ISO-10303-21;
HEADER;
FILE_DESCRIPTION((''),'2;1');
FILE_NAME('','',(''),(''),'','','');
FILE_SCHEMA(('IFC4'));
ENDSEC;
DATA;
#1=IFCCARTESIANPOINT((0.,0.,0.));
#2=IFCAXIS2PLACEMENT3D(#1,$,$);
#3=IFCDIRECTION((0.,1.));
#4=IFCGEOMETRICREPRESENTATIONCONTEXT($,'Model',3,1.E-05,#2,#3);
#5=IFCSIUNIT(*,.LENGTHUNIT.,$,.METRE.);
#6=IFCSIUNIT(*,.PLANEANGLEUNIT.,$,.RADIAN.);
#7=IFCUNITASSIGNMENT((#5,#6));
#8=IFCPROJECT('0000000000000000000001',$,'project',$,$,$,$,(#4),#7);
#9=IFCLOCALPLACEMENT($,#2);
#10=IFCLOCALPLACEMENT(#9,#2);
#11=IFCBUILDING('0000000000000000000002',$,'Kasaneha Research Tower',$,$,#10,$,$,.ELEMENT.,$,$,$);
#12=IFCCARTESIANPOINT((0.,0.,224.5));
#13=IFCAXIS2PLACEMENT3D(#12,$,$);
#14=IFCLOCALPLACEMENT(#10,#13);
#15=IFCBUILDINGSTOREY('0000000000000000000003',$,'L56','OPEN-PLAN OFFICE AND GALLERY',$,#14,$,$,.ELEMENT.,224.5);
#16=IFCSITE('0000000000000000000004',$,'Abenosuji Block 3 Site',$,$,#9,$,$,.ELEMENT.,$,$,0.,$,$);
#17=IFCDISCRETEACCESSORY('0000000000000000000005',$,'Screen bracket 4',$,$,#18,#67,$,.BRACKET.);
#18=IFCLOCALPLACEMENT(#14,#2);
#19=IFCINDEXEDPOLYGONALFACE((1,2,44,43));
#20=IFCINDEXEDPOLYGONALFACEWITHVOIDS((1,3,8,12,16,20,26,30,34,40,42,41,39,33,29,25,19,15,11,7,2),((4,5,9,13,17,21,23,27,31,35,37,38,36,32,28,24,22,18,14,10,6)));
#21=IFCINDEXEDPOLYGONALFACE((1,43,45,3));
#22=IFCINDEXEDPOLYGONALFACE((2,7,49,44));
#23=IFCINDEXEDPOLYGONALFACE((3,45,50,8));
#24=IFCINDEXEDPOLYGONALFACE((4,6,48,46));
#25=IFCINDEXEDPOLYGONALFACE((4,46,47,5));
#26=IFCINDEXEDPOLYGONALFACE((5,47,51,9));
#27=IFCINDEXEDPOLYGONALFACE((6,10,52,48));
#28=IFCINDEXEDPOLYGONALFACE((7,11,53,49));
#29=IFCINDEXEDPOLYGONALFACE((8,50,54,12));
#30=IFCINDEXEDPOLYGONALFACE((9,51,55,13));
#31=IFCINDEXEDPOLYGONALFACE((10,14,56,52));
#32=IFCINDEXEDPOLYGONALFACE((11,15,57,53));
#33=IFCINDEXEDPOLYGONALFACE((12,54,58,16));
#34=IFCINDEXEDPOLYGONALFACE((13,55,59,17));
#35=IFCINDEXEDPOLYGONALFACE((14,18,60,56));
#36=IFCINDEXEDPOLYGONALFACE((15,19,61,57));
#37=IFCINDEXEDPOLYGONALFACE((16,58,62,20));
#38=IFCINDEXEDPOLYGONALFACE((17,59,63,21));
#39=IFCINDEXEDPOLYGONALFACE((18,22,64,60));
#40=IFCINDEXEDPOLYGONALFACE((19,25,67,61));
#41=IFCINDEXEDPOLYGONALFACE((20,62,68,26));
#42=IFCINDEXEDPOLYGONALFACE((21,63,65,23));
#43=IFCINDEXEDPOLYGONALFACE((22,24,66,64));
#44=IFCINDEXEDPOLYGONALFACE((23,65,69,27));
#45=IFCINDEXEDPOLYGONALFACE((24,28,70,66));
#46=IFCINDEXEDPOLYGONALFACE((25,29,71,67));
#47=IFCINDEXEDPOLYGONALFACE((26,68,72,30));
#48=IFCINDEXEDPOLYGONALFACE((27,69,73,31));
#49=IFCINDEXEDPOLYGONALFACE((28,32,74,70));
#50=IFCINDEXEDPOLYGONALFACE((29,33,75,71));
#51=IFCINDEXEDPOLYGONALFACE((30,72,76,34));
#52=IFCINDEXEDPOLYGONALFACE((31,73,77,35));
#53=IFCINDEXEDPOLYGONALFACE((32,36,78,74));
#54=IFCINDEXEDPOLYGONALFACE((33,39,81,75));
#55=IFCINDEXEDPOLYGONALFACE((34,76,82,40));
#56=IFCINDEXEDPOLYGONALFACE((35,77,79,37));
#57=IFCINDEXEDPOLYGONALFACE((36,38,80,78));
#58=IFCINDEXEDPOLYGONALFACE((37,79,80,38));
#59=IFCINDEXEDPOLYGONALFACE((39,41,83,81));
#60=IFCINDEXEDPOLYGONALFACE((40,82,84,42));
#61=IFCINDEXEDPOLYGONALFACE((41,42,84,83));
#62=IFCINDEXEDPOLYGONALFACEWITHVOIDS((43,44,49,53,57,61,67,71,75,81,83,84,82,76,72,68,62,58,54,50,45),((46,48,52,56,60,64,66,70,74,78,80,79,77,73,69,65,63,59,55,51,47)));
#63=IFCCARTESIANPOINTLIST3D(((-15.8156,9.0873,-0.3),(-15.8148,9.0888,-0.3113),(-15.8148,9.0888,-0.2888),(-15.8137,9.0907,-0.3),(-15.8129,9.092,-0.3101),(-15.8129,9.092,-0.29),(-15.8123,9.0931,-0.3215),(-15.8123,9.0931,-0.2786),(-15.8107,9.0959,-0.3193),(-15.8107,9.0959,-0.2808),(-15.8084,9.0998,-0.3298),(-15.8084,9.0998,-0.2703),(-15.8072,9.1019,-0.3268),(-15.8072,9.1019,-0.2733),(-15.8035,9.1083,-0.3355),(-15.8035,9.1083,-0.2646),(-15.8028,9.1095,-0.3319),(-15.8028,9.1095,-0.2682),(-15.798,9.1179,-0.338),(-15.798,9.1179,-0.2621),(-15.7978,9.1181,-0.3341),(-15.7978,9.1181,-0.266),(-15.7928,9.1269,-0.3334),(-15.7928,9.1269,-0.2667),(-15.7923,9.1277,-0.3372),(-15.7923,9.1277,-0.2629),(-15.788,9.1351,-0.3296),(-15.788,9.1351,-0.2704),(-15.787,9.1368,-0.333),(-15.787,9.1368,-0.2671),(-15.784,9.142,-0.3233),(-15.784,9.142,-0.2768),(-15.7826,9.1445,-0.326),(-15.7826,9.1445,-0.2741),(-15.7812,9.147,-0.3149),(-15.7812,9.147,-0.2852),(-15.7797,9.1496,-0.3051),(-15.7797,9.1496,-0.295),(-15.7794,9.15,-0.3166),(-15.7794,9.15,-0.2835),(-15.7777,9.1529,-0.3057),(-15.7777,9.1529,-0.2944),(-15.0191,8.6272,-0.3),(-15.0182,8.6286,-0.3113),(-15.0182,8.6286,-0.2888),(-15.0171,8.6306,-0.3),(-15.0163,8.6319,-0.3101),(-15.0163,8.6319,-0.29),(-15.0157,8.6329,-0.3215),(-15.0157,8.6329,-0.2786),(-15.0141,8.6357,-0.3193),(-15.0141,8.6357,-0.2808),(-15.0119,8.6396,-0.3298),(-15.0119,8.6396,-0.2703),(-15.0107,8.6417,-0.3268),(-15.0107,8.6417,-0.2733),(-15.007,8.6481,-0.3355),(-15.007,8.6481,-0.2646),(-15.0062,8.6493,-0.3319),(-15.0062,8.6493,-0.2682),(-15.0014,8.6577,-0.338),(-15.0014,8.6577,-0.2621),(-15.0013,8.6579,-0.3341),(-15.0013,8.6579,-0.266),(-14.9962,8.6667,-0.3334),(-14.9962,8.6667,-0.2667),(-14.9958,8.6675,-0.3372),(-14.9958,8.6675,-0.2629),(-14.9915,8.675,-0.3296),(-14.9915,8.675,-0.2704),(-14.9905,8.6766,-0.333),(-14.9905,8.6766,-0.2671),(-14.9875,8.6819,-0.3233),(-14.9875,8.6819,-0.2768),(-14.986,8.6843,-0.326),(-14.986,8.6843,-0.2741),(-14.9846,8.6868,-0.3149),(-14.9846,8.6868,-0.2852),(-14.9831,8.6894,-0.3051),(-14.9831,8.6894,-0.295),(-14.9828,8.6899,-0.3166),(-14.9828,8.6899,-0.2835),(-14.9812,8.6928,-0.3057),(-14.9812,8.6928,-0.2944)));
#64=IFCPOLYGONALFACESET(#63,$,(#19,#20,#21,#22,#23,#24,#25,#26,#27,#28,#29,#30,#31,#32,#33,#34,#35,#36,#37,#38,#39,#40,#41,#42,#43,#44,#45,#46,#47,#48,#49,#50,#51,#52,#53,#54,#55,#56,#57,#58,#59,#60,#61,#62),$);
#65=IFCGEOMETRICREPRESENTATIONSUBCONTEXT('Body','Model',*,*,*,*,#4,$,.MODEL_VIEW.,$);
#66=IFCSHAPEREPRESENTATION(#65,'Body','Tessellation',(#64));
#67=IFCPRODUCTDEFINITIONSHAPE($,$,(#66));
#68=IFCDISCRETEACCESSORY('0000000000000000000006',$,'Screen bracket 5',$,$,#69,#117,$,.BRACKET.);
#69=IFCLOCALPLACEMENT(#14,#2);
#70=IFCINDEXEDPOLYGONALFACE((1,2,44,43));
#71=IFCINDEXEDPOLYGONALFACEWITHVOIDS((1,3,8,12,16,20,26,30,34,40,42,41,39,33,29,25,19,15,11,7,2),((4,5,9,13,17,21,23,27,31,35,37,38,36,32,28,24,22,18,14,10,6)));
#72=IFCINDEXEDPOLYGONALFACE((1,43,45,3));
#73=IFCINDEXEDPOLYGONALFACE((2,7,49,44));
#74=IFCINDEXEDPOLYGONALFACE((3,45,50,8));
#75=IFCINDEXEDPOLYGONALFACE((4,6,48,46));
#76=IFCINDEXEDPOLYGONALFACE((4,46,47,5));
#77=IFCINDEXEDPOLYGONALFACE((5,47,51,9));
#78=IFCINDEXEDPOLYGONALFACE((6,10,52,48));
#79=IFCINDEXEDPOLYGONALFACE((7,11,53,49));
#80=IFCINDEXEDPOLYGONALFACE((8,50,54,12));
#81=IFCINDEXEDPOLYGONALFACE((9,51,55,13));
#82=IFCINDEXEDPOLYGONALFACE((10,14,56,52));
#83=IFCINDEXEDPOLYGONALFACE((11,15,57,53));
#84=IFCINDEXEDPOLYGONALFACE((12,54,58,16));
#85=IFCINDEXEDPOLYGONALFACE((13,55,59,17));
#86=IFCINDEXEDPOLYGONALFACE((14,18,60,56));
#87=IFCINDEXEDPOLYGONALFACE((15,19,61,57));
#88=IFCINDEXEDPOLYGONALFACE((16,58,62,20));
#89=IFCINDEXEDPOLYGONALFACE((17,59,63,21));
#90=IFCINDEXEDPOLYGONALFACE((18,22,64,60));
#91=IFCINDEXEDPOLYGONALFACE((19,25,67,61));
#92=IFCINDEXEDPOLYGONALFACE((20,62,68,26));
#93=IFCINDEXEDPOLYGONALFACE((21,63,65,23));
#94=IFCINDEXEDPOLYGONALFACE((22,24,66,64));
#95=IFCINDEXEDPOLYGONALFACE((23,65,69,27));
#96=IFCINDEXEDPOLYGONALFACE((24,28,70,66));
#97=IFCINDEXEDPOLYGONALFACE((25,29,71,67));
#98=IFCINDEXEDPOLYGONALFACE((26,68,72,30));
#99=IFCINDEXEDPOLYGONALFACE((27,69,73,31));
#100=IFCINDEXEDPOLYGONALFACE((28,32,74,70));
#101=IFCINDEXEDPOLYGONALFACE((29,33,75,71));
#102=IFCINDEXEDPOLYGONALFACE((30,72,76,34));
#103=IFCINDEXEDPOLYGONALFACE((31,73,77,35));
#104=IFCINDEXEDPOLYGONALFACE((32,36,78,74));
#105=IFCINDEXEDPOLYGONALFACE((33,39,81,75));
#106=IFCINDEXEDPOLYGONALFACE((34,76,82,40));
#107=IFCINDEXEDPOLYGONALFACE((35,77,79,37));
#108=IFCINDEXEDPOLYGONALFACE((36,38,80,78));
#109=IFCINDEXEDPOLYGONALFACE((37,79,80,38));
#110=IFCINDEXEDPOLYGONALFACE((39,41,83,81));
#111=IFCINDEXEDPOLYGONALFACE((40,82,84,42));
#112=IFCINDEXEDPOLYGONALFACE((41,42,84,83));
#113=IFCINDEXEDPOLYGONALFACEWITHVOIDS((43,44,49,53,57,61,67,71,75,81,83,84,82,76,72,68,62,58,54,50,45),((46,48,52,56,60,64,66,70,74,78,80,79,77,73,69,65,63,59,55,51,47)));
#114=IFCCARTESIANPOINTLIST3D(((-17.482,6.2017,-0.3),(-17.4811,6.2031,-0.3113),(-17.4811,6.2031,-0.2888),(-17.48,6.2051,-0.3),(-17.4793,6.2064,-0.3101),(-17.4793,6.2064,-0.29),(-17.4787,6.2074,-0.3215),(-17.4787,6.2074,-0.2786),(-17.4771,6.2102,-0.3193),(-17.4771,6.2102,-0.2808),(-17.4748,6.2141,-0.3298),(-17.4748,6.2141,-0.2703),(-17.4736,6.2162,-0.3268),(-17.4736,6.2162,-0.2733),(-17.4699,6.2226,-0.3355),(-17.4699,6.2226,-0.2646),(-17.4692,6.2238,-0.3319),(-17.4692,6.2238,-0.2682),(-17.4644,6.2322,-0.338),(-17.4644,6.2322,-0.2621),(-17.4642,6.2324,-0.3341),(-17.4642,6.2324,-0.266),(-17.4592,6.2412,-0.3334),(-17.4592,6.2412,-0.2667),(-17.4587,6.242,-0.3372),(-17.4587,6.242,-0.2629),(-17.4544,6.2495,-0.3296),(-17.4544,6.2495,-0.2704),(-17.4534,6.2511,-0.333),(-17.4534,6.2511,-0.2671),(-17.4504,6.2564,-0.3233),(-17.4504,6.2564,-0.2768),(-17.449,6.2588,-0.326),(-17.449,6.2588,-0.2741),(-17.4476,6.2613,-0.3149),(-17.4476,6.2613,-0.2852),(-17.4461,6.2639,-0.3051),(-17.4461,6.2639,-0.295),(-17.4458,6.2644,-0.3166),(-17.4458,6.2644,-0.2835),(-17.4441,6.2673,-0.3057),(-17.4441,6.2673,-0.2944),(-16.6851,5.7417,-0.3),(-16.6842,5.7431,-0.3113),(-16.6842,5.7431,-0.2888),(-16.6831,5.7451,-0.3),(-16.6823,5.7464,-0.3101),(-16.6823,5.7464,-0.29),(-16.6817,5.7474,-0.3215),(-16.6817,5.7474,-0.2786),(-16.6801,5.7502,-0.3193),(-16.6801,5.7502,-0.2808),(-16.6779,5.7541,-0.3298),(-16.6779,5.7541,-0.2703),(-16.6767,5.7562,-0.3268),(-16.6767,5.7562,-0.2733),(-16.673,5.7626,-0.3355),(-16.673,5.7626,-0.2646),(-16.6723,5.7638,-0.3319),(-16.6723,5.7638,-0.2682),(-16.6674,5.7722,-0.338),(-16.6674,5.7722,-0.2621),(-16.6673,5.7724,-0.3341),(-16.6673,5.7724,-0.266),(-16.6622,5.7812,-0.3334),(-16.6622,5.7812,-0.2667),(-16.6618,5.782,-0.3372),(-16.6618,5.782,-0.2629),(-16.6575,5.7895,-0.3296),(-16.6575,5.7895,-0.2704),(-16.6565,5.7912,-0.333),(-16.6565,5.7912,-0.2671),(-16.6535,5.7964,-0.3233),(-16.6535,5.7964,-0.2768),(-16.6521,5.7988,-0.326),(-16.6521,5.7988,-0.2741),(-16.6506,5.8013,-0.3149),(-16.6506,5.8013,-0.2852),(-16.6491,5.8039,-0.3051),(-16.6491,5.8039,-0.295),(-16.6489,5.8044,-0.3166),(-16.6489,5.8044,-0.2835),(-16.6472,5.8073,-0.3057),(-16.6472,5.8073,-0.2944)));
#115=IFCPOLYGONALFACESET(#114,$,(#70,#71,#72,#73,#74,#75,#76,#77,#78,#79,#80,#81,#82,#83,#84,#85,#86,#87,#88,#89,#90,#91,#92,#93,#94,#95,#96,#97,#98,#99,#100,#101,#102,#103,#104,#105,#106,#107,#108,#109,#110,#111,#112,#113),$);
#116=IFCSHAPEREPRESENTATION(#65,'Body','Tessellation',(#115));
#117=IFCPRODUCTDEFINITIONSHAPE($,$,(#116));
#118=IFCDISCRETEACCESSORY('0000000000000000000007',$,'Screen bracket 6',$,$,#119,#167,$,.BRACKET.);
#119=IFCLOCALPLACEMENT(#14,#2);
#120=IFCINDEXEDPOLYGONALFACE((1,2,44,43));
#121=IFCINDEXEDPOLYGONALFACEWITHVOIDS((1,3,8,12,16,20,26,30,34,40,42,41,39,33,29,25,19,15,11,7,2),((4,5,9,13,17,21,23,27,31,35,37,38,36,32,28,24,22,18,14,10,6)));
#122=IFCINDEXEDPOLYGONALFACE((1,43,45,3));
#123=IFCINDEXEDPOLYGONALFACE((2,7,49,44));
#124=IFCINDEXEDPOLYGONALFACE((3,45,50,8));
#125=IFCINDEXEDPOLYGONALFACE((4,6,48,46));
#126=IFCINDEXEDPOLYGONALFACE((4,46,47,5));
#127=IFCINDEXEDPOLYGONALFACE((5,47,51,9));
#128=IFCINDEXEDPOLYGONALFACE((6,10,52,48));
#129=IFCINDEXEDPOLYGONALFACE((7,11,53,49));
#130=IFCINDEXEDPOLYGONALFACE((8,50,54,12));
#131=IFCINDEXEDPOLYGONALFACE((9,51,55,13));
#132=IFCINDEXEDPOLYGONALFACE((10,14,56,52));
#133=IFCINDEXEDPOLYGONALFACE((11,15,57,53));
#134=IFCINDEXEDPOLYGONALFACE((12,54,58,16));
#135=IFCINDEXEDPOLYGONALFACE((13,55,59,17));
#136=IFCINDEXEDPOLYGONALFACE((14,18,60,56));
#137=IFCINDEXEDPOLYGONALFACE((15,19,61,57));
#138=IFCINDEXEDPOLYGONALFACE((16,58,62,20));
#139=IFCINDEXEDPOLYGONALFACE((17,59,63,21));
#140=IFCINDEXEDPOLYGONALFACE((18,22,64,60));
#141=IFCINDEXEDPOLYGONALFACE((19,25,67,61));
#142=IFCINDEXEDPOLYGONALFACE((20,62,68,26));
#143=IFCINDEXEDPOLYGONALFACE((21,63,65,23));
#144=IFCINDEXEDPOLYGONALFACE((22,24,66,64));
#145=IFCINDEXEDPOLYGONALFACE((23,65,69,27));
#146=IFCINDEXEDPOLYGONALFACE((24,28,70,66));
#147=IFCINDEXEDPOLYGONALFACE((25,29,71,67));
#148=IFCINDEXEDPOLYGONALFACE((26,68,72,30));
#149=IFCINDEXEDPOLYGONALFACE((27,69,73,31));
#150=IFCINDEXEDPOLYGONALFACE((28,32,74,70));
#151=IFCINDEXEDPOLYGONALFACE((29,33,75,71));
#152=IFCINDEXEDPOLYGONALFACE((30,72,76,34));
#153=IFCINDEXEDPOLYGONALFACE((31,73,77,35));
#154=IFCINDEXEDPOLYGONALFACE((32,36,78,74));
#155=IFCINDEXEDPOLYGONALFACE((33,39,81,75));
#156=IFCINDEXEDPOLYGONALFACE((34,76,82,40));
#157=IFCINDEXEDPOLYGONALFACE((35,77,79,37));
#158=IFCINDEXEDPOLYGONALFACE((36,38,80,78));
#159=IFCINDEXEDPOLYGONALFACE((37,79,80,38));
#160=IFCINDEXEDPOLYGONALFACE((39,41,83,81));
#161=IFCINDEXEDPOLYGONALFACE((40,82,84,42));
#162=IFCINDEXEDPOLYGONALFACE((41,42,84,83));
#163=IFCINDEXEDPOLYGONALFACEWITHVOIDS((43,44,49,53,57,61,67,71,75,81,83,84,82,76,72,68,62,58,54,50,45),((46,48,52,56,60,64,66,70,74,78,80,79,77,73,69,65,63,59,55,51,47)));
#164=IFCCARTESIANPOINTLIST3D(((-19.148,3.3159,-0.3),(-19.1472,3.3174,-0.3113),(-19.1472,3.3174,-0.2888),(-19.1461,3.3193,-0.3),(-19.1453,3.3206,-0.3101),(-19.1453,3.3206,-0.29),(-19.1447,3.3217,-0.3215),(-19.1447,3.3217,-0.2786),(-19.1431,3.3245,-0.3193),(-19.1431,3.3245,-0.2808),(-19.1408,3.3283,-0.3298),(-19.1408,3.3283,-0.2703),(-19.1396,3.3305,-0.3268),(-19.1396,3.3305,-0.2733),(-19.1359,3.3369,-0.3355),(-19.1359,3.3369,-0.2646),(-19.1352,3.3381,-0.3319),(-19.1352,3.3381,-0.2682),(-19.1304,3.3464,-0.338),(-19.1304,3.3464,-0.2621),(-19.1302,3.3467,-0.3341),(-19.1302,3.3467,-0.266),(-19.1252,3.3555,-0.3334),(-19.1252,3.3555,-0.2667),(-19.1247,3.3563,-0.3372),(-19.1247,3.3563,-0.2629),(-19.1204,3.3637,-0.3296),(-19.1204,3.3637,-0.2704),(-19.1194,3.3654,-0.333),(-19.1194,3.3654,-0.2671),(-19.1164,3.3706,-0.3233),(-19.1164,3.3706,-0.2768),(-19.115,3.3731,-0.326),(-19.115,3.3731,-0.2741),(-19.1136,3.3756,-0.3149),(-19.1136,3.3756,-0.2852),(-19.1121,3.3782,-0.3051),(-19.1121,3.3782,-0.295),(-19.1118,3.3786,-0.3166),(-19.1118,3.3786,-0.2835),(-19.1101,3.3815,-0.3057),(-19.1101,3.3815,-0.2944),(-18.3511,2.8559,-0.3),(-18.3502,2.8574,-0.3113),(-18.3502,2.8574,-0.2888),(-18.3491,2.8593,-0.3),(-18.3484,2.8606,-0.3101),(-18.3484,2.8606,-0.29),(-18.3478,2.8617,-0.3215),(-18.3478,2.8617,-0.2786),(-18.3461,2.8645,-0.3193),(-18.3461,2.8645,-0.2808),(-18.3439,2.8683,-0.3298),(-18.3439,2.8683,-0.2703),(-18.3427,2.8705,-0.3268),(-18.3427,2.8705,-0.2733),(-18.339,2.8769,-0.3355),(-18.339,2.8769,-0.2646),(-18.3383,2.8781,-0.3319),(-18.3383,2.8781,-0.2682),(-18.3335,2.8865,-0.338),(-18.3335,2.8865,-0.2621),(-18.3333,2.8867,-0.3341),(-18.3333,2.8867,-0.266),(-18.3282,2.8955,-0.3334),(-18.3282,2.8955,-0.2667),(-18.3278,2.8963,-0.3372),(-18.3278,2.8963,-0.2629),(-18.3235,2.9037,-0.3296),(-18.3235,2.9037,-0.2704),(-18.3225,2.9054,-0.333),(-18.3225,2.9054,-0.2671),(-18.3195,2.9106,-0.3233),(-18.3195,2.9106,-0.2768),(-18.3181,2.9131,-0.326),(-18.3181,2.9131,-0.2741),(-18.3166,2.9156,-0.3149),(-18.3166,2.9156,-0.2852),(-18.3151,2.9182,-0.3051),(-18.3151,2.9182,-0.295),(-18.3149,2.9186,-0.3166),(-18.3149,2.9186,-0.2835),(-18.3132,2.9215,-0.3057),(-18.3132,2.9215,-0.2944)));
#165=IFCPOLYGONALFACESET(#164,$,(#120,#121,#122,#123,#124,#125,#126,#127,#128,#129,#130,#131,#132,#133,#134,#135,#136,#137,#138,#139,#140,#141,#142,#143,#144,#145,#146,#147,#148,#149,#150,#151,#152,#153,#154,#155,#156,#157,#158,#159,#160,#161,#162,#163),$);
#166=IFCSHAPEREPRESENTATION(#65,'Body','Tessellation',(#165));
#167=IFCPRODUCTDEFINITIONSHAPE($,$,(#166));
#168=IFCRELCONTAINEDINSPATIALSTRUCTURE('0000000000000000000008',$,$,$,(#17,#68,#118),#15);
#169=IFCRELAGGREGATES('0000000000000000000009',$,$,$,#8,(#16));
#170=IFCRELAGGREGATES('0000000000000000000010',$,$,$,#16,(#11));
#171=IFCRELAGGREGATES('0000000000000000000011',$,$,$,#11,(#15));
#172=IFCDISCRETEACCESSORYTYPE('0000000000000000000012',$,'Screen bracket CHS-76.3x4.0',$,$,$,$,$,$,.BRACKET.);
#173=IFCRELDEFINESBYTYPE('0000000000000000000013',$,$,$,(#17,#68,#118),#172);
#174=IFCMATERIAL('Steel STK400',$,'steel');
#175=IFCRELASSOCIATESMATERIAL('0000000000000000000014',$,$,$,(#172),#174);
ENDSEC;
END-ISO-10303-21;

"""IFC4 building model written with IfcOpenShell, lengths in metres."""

from ifc_helpers import new_model, si_unit, direction, frame, origin, origin_2d, place, context, subcontext, project, spatial, hollow_circle, extrude, material, material_profile, profile_set, type_object, element, save


model = new_model("IFC4")

# Units and contexts
model_context = context("Model", 3, precision=1e-05, world=origin(), true_north=direction((0.0, 1.0)))
body_context = subcontext(model_context, "Body", "Model", "MODEL_VIEW")
ifc_project = project(units=[si_unit("LENGTHUNIT", "METRE"), si_unit("PLANEANGLEUNIT", "RADIAN")], contexts=[model_context])

# Site, building, storey
site_placement = place(None, origin())
site = spatial("IfcSite", under=ifc_project, at=site_placement, Name="Abenosuji Block 3 Site", CompositionType="ELEMENT", RefElevation=0.0)
building_placement = place(site_placement, origin())
building = spatial("IfcBuilding", under=site, at=building_placement, Name="Kasaneha Research Tower", CompositionType="ELEMENT")
storey_placement = place(building_placement, frame((0.0, 0.0, 224.5)))
storey = spatial("IfcBuildingStorey", under=building, at=storey_placement, Name="L56", Description="OPEN-PLAN OFFICE AND GALLERY", CompositionType="ELEMENT", Elevation=224.5)

# Discrete accessories
ifc_material_1 = material(Name="Steel STK400", Category="steel")
ifc_material_profile_1 = material_profile(ifc_material_1, hollow_circle(Radius=0.0381, WallThickness=0.0039, at=origin_2d()), Name="CHS-76.3x4.0")
ifc_profile_set_1 = profile_set([ifc_material_profile_1], Name="Steel STK400")
discrete_accessory_type = type_object("IfcDiscreteAccessoryType", Name="Screen bracket CHS-76.3x4.0", PredefinedType="BRACKET", material=ifc_profile_set_1)
discrete_accessory_1_placement = place(storey_placement, frame((-15.0, 8.6602, -0.3), z_axis=(-0.865898, 0.50022, 0.0), x_axis=(-0.50022, -0.865898, 0.0)))
element("IfcDiscreteAccessory", 1, at=discrete_accessory_1_placement, inside=storey, type_object=discrete_accessory_type, Name="Screen bracket 4", PredefinedType="BRACKET", context=body_context, shape_type="SweptSolid", body=[
    extrude(hollow_circle(Radius=0.0381, WallThickness=0.0039, at=origin_2d()), origin(), (0.0, 0.0, 1.0), 0.9199),
])
for number, where, z_axis, x_axis, name in (
    (2, (-16.666, 5.7747, -0.3), (-0.86608, 0.499906, 0.0), (-0.499906, -0.86608, 0.0), "Screen bracket 5"),
    (3, (-18.332, 2.8889, -0.3), (-0.86608, 0.499906, 0.0), (-0.499906, -0.86608, 0.0), "Screen bracket 6"),
):
    element("IfcDiscreteAccessory", number, at=place(storey_placement, frame(where, z_axis=z_axis, x_axis=x_axis)), inside=storey, type_object=discrete_accessory_type, Name=name, PredefinedType="BRACKET", context=body_context, shape_type="SweptSolid", body=[
        extrude(hollow_circle(Radius=0.0381, WallThickness=0.0039, at=origin_2d()), origin(), (0.0, 0.0, 1.0), 0.9202),
    ])

save(model, "model.ifc")
